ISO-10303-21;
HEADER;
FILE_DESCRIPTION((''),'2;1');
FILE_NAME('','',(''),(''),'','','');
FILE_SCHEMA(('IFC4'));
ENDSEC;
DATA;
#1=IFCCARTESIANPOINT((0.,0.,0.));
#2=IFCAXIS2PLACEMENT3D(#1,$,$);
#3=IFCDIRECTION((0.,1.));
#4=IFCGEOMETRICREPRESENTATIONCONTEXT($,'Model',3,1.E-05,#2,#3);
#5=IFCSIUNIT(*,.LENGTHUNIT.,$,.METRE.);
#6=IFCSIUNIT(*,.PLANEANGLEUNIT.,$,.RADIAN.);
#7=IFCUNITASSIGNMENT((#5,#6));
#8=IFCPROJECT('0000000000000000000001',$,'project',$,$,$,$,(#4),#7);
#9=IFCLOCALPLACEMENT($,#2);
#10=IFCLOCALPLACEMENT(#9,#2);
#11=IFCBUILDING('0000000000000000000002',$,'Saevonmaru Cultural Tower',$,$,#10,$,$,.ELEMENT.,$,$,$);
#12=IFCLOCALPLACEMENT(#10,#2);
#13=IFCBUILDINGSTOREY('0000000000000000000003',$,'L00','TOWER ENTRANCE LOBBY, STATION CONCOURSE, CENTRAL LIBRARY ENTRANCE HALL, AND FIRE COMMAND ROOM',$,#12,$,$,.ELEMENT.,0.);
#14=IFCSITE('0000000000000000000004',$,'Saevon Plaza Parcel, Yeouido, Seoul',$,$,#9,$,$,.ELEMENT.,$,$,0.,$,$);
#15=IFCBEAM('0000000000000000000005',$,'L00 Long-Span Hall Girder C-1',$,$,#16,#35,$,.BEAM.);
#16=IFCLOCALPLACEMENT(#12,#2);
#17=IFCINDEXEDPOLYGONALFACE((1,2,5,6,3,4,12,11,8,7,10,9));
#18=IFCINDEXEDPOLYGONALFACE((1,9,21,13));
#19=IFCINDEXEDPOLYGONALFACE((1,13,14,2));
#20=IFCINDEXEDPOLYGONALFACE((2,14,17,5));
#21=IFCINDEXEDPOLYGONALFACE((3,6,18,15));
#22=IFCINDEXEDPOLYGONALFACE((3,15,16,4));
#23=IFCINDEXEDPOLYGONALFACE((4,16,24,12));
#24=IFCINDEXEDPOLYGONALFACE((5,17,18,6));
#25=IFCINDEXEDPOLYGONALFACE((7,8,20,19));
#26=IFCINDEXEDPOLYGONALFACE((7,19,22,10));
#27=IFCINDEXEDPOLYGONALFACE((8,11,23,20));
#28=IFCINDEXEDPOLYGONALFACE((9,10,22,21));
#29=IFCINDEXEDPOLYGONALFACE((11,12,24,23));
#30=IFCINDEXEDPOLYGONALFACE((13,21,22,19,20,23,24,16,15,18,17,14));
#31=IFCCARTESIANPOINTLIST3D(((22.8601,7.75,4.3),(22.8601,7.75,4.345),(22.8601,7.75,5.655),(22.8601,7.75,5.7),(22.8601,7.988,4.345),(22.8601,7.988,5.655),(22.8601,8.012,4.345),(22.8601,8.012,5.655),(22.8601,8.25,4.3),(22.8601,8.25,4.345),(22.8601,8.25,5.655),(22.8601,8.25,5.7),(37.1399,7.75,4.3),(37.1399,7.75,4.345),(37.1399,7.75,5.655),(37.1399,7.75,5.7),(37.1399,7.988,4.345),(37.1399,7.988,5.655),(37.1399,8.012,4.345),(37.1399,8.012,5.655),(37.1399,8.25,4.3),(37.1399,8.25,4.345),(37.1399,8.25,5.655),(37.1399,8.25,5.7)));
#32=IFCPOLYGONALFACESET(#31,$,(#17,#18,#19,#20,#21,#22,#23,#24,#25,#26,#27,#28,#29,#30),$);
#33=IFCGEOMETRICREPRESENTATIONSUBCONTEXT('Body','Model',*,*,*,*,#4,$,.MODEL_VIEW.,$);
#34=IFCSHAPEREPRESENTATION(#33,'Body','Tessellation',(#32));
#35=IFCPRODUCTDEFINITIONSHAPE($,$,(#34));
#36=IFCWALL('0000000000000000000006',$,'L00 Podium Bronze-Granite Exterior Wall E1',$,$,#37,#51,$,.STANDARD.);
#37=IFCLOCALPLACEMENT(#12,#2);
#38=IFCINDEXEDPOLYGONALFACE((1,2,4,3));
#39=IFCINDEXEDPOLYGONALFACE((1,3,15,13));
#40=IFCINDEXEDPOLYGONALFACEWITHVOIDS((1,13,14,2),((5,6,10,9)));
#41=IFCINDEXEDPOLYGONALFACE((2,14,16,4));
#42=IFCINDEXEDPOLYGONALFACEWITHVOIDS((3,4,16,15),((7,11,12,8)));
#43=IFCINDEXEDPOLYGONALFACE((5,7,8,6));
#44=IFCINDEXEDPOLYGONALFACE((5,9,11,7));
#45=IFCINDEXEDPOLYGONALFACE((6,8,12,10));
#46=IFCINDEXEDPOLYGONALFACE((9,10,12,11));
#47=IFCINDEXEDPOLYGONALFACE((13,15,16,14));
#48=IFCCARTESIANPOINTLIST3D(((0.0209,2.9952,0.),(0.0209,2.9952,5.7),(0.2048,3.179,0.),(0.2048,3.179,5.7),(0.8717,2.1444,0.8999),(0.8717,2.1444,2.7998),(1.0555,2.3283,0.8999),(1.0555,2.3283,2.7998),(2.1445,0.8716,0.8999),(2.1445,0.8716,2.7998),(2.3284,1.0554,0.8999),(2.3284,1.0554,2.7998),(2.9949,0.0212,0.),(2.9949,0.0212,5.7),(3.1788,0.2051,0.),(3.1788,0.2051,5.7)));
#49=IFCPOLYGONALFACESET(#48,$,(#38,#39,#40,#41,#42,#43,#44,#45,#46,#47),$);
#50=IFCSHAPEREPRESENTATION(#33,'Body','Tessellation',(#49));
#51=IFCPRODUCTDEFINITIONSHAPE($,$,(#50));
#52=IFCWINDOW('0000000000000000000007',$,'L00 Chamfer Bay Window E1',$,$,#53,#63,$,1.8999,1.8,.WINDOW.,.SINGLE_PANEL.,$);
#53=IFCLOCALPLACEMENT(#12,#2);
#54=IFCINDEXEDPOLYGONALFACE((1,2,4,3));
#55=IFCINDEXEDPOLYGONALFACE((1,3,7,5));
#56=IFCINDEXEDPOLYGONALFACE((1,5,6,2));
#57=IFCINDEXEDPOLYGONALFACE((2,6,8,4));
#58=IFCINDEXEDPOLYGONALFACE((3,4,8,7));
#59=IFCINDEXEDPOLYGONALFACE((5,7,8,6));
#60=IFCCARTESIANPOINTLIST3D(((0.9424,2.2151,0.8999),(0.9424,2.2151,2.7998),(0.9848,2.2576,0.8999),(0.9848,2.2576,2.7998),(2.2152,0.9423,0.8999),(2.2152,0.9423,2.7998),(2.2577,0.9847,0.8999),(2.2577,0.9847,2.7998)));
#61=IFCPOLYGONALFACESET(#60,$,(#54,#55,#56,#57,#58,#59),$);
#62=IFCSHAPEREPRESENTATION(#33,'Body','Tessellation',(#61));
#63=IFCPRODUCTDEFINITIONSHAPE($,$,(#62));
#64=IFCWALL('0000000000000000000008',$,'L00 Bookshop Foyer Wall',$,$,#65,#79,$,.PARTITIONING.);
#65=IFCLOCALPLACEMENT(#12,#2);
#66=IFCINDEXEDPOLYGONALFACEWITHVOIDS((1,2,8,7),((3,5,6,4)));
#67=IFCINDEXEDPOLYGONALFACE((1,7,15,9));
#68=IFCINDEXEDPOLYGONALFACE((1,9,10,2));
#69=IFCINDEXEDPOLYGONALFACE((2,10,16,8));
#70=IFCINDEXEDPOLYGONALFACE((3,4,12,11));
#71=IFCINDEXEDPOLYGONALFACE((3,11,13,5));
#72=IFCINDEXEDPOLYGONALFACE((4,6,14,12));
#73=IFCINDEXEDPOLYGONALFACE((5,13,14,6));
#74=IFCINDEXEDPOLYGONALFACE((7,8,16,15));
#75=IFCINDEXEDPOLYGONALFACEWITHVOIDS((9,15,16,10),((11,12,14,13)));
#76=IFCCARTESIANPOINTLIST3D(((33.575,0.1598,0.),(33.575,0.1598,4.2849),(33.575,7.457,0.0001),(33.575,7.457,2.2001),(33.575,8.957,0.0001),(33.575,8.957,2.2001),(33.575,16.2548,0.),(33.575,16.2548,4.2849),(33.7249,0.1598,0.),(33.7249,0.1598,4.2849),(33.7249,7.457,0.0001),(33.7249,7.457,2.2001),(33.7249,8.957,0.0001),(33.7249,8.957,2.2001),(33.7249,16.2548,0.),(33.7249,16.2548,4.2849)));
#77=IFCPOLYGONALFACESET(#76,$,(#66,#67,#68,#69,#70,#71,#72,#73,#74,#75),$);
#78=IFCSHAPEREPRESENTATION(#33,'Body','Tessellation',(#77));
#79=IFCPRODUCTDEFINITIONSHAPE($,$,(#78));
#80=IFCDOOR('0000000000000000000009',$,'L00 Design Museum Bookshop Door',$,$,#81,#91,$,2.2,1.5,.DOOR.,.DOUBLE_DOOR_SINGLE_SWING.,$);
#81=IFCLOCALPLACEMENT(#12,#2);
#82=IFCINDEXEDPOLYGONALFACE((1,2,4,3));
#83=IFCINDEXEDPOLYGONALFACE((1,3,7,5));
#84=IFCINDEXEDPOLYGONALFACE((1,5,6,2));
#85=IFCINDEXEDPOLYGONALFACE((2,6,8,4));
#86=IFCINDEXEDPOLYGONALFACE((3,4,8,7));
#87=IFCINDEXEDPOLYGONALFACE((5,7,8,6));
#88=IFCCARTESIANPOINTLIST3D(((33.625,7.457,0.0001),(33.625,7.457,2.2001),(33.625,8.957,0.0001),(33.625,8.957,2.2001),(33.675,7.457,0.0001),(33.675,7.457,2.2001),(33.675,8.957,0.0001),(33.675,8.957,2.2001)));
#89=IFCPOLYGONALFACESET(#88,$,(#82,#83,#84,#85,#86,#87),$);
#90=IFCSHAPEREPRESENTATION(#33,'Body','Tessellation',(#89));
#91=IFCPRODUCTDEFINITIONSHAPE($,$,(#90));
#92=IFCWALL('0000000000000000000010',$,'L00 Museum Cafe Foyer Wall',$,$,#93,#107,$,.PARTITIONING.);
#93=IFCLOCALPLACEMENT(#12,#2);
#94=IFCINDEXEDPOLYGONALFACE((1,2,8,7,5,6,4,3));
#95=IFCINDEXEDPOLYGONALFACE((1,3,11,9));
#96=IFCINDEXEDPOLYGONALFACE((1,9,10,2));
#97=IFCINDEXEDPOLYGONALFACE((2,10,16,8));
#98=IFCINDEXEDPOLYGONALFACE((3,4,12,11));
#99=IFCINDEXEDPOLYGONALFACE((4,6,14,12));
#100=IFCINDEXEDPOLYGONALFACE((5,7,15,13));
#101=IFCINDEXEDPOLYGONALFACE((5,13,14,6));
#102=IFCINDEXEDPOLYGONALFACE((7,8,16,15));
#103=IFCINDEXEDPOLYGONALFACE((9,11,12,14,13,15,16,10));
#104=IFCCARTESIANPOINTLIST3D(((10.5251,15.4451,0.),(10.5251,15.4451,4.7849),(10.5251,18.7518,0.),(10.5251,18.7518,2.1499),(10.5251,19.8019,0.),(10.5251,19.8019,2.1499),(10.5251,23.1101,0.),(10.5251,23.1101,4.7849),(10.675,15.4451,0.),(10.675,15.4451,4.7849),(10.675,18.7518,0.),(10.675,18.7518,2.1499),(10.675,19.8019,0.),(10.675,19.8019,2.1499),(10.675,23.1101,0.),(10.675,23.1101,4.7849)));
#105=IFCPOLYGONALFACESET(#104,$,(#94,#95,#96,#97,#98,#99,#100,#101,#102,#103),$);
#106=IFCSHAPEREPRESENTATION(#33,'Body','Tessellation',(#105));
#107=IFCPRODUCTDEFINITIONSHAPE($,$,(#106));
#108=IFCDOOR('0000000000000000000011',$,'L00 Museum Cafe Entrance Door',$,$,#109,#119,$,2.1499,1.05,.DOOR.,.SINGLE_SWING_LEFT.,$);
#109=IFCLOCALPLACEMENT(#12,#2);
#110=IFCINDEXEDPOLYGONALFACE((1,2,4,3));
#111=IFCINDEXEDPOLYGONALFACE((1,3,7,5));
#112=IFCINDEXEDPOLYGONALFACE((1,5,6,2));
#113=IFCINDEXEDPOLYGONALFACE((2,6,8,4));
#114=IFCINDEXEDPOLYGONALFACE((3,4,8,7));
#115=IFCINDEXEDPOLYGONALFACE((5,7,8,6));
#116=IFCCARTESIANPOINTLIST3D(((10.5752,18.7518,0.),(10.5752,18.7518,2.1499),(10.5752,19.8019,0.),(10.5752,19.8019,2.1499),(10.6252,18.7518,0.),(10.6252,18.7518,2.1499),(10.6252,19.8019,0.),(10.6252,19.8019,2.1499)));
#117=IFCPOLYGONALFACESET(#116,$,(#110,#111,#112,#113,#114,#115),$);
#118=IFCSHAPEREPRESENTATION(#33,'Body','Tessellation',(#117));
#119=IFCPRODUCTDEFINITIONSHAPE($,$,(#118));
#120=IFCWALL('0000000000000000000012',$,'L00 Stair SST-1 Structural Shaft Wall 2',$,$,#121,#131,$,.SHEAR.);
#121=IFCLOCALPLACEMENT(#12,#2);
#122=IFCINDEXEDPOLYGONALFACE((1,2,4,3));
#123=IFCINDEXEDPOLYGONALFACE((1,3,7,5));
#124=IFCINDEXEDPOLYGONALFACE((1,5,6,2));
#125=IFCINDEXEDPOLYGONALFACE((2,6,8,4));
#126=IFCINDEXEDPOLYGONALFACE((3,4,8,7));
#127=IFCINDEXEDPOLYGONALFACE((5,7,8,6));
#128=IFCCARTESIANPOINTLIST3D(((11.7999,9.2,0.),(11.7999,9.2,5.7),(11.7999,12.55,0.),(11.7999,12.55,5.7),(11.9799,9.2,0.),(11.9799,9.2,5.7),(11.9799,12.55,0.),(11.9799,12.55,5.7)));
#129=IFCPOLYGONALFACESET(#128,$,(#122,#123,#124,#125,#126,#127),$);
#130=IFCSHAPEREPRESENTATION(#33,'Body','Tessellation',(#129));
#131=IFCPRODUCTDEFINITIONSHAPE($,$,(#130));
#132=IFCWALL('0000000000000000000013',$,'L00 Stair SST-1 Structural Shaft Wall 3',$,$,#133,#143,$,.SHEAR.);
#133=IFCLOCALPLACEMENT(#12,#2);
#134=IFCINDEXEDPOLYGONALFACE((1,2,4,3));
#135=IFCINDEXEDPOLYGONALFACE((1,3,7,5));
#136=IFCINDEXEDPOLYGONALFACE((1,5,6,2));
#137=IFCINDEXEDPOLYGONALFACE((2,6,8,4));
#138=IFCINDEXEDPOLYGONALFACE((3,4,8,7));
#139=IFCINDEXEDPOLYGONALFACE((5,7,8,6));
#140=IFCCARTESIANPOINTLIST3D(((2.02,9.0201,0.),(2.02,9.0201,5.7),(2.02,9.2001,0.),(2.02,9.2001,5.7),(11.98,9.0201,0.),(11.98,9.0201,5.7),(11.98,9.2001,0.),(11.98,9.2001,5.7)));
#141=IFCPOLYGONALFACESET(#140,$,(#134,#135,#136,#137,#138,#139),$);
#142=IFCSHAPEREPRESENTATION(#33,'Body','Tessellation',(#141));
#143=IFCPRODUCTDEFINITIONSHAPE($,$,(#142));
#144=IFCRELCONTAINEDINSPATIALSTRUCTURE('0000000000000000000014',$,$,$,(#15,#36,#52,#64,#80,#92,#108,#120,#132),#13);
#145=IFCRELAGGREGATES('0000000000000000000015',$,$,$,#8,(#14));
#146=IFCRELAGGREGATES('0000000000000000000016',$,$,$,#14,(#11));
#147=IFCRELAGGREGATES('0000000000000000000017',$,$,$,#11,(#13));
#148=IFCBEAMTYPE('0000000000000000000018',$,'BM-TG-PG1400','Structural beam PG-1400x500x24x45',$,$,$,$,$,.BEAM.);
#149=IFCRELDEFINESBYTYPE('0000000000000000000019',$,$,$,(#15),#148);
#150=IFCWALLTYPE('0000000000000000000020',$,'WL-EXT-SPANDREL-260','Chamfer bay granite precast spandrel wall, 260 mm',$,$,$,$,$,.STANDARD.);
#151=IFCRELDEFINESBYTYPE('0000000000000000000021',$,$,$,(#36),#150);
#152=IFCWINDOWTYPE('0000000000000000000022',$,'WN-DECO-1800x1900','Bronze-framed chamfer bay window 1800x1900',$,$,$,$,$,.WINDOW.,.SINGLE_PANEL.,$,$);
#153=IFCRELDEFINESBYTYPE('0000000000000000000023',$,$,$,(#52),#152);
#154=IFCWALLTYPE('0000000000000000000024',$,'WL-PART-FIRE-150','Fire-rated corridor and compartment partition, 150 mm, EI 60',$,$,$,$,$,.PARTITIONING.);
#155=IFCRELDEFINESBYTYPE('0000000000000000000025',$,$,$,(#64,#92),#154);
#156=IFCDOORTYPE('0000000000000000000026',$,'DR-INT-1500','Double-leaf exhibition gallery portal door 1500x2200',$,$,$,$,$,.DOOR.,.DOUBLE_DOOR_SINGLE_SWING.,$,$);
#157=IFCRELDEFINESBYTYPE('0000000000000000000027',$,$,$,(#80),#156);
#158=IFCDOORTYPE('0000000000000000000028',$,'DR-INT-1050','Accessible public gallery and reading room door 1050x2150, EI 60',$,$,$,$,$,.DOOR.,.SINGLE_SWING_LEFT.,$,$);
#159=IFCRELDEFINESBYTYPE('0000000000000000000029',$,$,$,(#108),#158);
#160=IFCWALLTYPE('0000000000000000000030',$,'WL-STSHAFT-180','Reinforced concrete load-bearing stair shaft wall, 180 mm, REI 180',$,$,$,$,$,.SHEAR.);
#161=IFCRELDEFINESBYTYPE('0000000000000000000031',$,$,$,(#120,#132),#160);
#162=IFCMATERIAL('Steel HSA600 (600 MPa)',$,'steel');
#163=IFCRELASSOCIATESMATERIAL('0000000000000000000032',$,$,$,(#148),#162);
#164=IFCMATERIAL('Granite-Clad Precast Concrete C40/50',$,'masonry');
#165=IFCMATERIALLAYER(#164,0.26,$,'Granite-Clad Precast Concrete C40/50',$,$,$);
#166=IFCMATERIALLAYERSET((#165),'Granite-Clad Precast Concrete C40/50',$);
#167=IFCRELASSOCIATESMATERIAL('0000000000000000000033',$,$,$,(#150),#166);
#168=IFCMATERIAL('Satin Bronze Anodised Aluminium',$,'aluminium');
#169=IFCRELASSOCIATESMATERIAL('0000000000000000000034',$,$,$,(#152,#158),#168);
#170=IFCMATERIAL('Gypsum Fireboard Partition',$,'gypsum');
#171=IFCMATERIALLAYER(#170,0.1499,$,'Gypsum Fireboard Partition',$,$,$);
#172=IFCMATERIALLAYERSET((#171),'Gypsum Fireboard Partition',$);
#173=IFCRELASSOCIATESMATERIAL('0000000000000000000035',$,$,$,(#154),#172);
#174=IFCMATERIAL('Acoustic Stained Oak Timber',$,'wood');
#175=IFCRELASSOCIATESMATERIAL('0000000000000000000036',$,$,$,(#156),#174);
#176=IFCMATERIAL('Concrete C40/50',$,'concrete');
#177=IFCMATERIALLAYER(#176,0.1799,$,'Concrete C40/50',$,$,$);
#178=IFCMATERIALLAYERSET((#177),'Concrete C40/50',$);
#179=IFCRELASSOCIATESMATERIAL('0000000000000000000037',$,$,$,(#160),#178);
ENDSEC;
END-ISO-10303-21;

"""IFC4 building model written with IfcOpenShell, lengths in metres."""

from ifc_helpers import new_model, si_unit, direction, frame, frame_2d, origin, origin_2d, place, context, subcontext, project, spatial, rectangle, i_section, extrude, material, layer, layer_set, material_profile, profile_set, type_object, element, fill, save


model = new_model("IFC4")

# Units and contexts
model_context = context("Model", 3, precision=1e-05, world=origin(), true_north=direction((0.0, 1.0)))
body_context = subcontext(model_context, "Body", "Model", "MODEL_VIEW")
ifc_project = project(units=[si_unit("LENGTHUNIT", "METRE"), si_unit("PLANEANGLEUNIT", "RADIAN")], contexts=[model_context])

# Site, building, storey
site_placement = place(None, origin())
site = spatial("IfcSite", under=ifc_project, at=site_placement, Name="Saevon Plaza Parcel, Yeouido, Seoul", CompositionType="ELEMENT", RefElevation=0.0)
building_placement = place(site_placement, origin())
building = spatial("IfcBuilding", under=site, at=building_placement, Name="Saevonmaru Cultural Tower", CompositionType="ELEMENT")
storey_placement = place(building_placement, origin())
storey = spatial("IfcBuildingStorey", under=building, at=storey_placement, Name="L00", Description="TOWER ENTRANCE LOBBY, STATION CONCOURSE, CENTRAL LIBRARY ENTRANCE HALL, AND FIRE COMMAND ROOM", CompositionType="ELEMENT", Elevation=0.0)

# Shared definitions
ifc_material_1 = material(Name="Steel HSA600 (600 MPa)", Category="steel")

# Beam
ifc_material_profile_1 = material_profile(ifc_material_1, i_section(OverallWidth=0.5, OverallDepth=1.3999, WebThickness=0.0239, FlangeThickness=0.0449, at=origin_2d()), Name="PG-1400x500x24x45")
ifc_profile_set_1 = profile_set([ifc_material_profile_1], Name="Steel HSA600 (600 MPa)")
beam_type_1 = type_object("IfcBeamType", Name="BM-TG-PG1400", Description="Structural beam PG-1400x500x24x45", PredefinedType="BEAM", material=ifc_profile_set_1)
beam_1_placement = place(storey_placement, frame((22.8601, 8.0, 5.0), z_axis=(1.0, 0.0, 0.0), x_axis=(0.0, 1.0, 0.0)))
element("IfcBeam", 1, at=beam_1_placement, inside=storey, type_object=beam_type_1, Name="L00 Long-Span Hall Girder C-1", PredefinedType="BEAM", context=body_context, shape_type="SweptSolid", body=[
    extrude(i_section(OverallWidth=0.5, OverallDepth=1.3999, WebThickness=0.0239, FlangeThickness=0.0449, at=origin_2d()), origin(), (0.0, 0.0, 1.0), 14.2798),
])

# Wall, opening, window
ifc_material_2 = material(Name="Granite-Clad Precast Concrete C40/50", Category="masonry")
ifc_layer_1 = layer(ifc_material_2, 0.26, Name="Granite-Clad Precast Concrete C40/50")
ifc_layer_set_1 = layer_set([ifc_layer_1], Name="Granite-Clad Precast Concrete C40/50")
wall_type_1 = type_object("IfcWallType", Name="WL-EXT-SPANDREL-260", Description="Chamfer bay granite precast spandrel wall, 260 mm", PredefinedType="STANDARD", material=ifc_layer_set_1)
wall_1_placement = place(storey_placement, frame((3.0869, 0.113, 0.0), z_axis=(0.0, 0.0, 1.0), x_axis=(-0.707107, 0.707107, 0.0)))
wall_1 = element("IfcWall", 2, at=wall_1_placement, inside=storey, type_object=wall_type_1, Name="L00 Podium Bronze-Granite Exterior Wall E1", PredefinedType="STANDARD", context=body_context, shape_type="SweptSolid", body=[
    extrude(rectangle(XDim=4.2058, YDim=0.26, at=frame_2d((2.103, 0.0))), origin(), (0.0, 0.0, 1.0), 5.7),
])
opening_1_placement = place(wall_1_placement, frame((1.2029, 0.0, 0.8999)))
opening_1 = element("IfcOpeningElement", 3, at=opening_1_placement, cuts=wall_1, PredefinedType="OPENING", context=body_context, shape_type="SweptSolid", body=[
    extrude(rectangle(XDim=1.8, YDim=1.8999, at=frame_2d((0.8999, 0.95))), frame((0.0, 0.1401, 0.0), z_axis=(0.0, -1.0, 0.0), x_axis=(1.0, 0.0, 0.0)), (0.0, 0.0, 1.0), 0.28),
])
ifc_material_3 = material(Name="Satin Bronze Anodised Aluminium", Category="aluminium")
window_type = type_object("IfcWindowType", Name="WN-DECO-1800x1900", Description="Bronze-framed chamfer bay window 1800x1900", PartitioningType="SINGLE_PANEL", PredefinedType="WINDOW", material=ifc_material_3)
window_placement = place(opening_1_placement, origin())
window = element("IfcWindow", 4, at=window_placement, inside=storey, type_object=window_type, Name="L00 Chamfer Bay Window E1", OverallHeight=1.8999, OverallWidth=1.8, PartitioningType="SINGLE_PANEL", PredefinedType="WINDOW", context=body_context, shape_type="SweptSolid", body=[
    extrude(rectangle(XDim=1.8, YDim=1.8999, at=frame_2d((0.8999, 0.95))), frame((0.0, 0.03, 0.0), z_axis=(0.0, -1.0, 0.0), x_axis=(1.0, 0.0, 0.0)), (0.0, 0.0, 1.0), 0.0601),
])
fill(opening_1, window)

# Walls, openings, doors
ifc_material_4 = material(Name="Gypsum Fireboard Partition", Category="gypsum")
ifc_layer_2 = layer(ifc_material_4, 0.1499, Name="Gypsum Fireboard Partition")
ifc_layer_set_2 = layer_set([ifc_layer_2], Name="Gypsum Fireboard Partition")
wall_type_2 = type_object("IfcWallType", Name="WL-PART-FIRE-150", Description="Fire-rated corridor and compartment partition, 150 mm, EI 60", PredefinedType="PARTITIONING", material=ifc_layer_set_2)
wall_2_placement = place(storey_placement, frame((33.6499, 0.1599, 0.0), z_axis=(0.0, 0.0, 1.0), x_axis=(0.0, 1.0, 0.0)))
wall_2 = element("IfcWall", 5, at=wall_2_placement, inside=storey, type_object=wall_type_2, Name="L00 Bookshop Foyer Wall", PredefinedType="PARTITIONING", context=body_context, shape_type="SweptSolid", body=[
    extrude(rectangle(XDim=16.095, YDim=0.1499, at=frame_2d((8.0474, 0.0))), origin(), (0.0, 0.0, 1.0), 4.2849),
])
opening_2_placement = place(wall_2_placement, frame((7.2971, 0.0, 0.0)))
opening_2 = element("IfcOpeningElement", 6, at=opening_2_placement, cuts=wall_2, PredefinedType="OPENING", context=body_context, shape_type="SweptSolid", body=[
    extrude(rectangle(XDim=1.5, YDim=2.2, at=frame_2d((0.75, 1.1001))), frame((0.0, 0.085, 0.0), z_axis=(0.0, -1.0, 0.0), x_axis=(1.0, 0.0, 0.0)), (0.0, 0.0, 1.0), 0.1699),
])
ifc_material_5 = material(Name="Acoustic Stained Oak Timber", Category="wood")
door_type_1 = type_object("IfcDoorType", Name="DR-INT-1500", Description="Double-leaf exhibition gallery portal door 1500x2200", OperationType="DOUBLE_DOOR_SINGLE_SWING", PredefinedType="DOOR", material=ifc_material_5)
door_1_placement = place(opening_2_placement, origin())
door_1 = element("IfcDoor", 7, at=door_1_placement, inside=storey, type_object=door_type_1, Name="L00 Design Museum Bookshop Door", OperationType="DOUBLE_DOOR_SINGLE_SWING", OverallHeight=2.2, OverallWidth=1.5, PredefinedType="DOOR", context=body_context, shape_type="SweptSolid", body=[
    extrude(rectangle(XDim=1.5, YDim=2.2, at=frame_2d((0.75, 1.1001))), frame((0.0, 0.0249, 0.0), z_axis=(0.0, -1.0, 0.0), x_axis=(1.0, 0.0, 0.0)), (0.0, 0.0, 1.0), 0.05),
])
fill(opening_2, door_1)
wall_3_placement = place(storey_placement, frame((10.6001, 15.4451, 0.0), z_axis=(0.0, 0.0, 1.0), x_axis=(0.0, 1.0, 0.0)))
wall_3 = element("IfcWall", 8, at=wall_3_placement, inside=storey, type_object=wall_type_2, Name="L00 Museum Cafe Foyer Wall", PredefinedType="PARTITIONING", context=body_context, shape_type="SweptSolid", body=[
    extrude(rectangle(XDim=7.665, YDim=0.1499, at=frame_2d((3.8325, 0.0))), origin(), (0.0, 0.0, 1.0), 4.7849),
])
opening_3_placement = place(wall_3_placement, frame((3.3069, 0.0, 0.0)))
opening_3 = element("IfcOpeningElement", 9, at=opening_3_placement, cuts=wall_3, PredefinedType="OPENING", context=body_context, shape_type="SweptSolid", body=[
    extrude(rectangle(XDim=1.05, YDim=2.1499, at=frame_2d((0.5249, 1.075))), frame((0.0, 0.085, 0.0), z_axis=(0.0, -1.0, 0.0), x_axis=(1.0, 0.0, 0.0)), (0.0, 0.0, 1.0), 0.1699),
])
door_type_2 = type_object("IfcDoorType", Name="DR-INT-1050", Description="Accessible public gallery and reading room door 1050x2150, EI 60", OperationType="SINGLE_SWING_LEFT", PredefinedType="DOOR", material=ifc_material_3)
door_2_placement = place(opening_3_placement, origin())
door_2 = element("IfcDoor", 10, at=door_2_placement, inside=storey, type_object=door_type_2, Name="L00 Museum Cafe Entrance Door", OperationType="SINGLE_SWING_LEFT", OverallHeight=2.1499, OverallWidth=1.05, PredefinedType="DOOR", context=body_context, shape_type="SweptSolid", body=[
    extrude(rectangle(XDim=1.05, YDim=2.1499, at=frame_2d((0.5249, 1.075))), frame((0.0, 0.0249, 0.0), z_axis=(0.0, -1.0, 0.0), x_axis=(1.0, 0.0, 0.0)), (0.0, 0.0, 1.0), 0.05),
])
fill(opening_3, door_2)

# Walls
ifc_material_6 = material(Name="Concrete C40/50", Category="concrete")
ifc_layer_3 = layer(ifc_material_6, 0.1799, Name="Concrete C40/50")
ifc_layer_set_3 = layer_set([ifc_layer_3], Name="Concrete C40/50")
wall_type_3 = type_object("IfcWallType", Name="WL-STSHAFT-180", Description="Reinforced concrete load-bearing stair shaft wall, 180 mm, REI 180", PredefinedType="SHEAR", material=ifc_layer_set_3)
wall_4_placement = place(storey_placement, frame((11.8899, 12.55, 0.0), z_axis=(0.0, 0.0, 1.0), x_axis=(0.0, -1.0, 0.0)))
element("IfcWall", 11, at=wall_4_placement, inside=storey, type_object=wall_type_3, Name="L00 Stair SST-1 Structural Shaft Wall 2", PredefinedType="SHEAR", context=body_context, shape_type="SweptSolid", body=[
    extrude(rectangle(XDim=3.3501, YDim=0.1799, at=frame_2d((1.675, 0.0))), origin(), (0.0, 0.0, 1.0), 5.7),
])
wall_5_placement = place(storey_placement, frame((11.98, 9.1101, 0.0), z_axis=(0.0, 0.0, 1.0), x_axis=(-1.0, 0.0, 0.0)))
element("IfcWall", 12, at=wall_5_placement, inside=storey, type_object=wall_type_3, Name="L00 Stair SST-1 Structural Shaft Wall 3", PredefinedType="SHEAR", context=body_context, shape_type="SweptSolid", body=[
    extrude(rectangle(XDim=9.96, YDim=0.1799, at=frame_2d((4.98, 0.0))), origin(), (0.0, 0.0, 1.0), 5.7),
])

save(model, "model.ifc")
